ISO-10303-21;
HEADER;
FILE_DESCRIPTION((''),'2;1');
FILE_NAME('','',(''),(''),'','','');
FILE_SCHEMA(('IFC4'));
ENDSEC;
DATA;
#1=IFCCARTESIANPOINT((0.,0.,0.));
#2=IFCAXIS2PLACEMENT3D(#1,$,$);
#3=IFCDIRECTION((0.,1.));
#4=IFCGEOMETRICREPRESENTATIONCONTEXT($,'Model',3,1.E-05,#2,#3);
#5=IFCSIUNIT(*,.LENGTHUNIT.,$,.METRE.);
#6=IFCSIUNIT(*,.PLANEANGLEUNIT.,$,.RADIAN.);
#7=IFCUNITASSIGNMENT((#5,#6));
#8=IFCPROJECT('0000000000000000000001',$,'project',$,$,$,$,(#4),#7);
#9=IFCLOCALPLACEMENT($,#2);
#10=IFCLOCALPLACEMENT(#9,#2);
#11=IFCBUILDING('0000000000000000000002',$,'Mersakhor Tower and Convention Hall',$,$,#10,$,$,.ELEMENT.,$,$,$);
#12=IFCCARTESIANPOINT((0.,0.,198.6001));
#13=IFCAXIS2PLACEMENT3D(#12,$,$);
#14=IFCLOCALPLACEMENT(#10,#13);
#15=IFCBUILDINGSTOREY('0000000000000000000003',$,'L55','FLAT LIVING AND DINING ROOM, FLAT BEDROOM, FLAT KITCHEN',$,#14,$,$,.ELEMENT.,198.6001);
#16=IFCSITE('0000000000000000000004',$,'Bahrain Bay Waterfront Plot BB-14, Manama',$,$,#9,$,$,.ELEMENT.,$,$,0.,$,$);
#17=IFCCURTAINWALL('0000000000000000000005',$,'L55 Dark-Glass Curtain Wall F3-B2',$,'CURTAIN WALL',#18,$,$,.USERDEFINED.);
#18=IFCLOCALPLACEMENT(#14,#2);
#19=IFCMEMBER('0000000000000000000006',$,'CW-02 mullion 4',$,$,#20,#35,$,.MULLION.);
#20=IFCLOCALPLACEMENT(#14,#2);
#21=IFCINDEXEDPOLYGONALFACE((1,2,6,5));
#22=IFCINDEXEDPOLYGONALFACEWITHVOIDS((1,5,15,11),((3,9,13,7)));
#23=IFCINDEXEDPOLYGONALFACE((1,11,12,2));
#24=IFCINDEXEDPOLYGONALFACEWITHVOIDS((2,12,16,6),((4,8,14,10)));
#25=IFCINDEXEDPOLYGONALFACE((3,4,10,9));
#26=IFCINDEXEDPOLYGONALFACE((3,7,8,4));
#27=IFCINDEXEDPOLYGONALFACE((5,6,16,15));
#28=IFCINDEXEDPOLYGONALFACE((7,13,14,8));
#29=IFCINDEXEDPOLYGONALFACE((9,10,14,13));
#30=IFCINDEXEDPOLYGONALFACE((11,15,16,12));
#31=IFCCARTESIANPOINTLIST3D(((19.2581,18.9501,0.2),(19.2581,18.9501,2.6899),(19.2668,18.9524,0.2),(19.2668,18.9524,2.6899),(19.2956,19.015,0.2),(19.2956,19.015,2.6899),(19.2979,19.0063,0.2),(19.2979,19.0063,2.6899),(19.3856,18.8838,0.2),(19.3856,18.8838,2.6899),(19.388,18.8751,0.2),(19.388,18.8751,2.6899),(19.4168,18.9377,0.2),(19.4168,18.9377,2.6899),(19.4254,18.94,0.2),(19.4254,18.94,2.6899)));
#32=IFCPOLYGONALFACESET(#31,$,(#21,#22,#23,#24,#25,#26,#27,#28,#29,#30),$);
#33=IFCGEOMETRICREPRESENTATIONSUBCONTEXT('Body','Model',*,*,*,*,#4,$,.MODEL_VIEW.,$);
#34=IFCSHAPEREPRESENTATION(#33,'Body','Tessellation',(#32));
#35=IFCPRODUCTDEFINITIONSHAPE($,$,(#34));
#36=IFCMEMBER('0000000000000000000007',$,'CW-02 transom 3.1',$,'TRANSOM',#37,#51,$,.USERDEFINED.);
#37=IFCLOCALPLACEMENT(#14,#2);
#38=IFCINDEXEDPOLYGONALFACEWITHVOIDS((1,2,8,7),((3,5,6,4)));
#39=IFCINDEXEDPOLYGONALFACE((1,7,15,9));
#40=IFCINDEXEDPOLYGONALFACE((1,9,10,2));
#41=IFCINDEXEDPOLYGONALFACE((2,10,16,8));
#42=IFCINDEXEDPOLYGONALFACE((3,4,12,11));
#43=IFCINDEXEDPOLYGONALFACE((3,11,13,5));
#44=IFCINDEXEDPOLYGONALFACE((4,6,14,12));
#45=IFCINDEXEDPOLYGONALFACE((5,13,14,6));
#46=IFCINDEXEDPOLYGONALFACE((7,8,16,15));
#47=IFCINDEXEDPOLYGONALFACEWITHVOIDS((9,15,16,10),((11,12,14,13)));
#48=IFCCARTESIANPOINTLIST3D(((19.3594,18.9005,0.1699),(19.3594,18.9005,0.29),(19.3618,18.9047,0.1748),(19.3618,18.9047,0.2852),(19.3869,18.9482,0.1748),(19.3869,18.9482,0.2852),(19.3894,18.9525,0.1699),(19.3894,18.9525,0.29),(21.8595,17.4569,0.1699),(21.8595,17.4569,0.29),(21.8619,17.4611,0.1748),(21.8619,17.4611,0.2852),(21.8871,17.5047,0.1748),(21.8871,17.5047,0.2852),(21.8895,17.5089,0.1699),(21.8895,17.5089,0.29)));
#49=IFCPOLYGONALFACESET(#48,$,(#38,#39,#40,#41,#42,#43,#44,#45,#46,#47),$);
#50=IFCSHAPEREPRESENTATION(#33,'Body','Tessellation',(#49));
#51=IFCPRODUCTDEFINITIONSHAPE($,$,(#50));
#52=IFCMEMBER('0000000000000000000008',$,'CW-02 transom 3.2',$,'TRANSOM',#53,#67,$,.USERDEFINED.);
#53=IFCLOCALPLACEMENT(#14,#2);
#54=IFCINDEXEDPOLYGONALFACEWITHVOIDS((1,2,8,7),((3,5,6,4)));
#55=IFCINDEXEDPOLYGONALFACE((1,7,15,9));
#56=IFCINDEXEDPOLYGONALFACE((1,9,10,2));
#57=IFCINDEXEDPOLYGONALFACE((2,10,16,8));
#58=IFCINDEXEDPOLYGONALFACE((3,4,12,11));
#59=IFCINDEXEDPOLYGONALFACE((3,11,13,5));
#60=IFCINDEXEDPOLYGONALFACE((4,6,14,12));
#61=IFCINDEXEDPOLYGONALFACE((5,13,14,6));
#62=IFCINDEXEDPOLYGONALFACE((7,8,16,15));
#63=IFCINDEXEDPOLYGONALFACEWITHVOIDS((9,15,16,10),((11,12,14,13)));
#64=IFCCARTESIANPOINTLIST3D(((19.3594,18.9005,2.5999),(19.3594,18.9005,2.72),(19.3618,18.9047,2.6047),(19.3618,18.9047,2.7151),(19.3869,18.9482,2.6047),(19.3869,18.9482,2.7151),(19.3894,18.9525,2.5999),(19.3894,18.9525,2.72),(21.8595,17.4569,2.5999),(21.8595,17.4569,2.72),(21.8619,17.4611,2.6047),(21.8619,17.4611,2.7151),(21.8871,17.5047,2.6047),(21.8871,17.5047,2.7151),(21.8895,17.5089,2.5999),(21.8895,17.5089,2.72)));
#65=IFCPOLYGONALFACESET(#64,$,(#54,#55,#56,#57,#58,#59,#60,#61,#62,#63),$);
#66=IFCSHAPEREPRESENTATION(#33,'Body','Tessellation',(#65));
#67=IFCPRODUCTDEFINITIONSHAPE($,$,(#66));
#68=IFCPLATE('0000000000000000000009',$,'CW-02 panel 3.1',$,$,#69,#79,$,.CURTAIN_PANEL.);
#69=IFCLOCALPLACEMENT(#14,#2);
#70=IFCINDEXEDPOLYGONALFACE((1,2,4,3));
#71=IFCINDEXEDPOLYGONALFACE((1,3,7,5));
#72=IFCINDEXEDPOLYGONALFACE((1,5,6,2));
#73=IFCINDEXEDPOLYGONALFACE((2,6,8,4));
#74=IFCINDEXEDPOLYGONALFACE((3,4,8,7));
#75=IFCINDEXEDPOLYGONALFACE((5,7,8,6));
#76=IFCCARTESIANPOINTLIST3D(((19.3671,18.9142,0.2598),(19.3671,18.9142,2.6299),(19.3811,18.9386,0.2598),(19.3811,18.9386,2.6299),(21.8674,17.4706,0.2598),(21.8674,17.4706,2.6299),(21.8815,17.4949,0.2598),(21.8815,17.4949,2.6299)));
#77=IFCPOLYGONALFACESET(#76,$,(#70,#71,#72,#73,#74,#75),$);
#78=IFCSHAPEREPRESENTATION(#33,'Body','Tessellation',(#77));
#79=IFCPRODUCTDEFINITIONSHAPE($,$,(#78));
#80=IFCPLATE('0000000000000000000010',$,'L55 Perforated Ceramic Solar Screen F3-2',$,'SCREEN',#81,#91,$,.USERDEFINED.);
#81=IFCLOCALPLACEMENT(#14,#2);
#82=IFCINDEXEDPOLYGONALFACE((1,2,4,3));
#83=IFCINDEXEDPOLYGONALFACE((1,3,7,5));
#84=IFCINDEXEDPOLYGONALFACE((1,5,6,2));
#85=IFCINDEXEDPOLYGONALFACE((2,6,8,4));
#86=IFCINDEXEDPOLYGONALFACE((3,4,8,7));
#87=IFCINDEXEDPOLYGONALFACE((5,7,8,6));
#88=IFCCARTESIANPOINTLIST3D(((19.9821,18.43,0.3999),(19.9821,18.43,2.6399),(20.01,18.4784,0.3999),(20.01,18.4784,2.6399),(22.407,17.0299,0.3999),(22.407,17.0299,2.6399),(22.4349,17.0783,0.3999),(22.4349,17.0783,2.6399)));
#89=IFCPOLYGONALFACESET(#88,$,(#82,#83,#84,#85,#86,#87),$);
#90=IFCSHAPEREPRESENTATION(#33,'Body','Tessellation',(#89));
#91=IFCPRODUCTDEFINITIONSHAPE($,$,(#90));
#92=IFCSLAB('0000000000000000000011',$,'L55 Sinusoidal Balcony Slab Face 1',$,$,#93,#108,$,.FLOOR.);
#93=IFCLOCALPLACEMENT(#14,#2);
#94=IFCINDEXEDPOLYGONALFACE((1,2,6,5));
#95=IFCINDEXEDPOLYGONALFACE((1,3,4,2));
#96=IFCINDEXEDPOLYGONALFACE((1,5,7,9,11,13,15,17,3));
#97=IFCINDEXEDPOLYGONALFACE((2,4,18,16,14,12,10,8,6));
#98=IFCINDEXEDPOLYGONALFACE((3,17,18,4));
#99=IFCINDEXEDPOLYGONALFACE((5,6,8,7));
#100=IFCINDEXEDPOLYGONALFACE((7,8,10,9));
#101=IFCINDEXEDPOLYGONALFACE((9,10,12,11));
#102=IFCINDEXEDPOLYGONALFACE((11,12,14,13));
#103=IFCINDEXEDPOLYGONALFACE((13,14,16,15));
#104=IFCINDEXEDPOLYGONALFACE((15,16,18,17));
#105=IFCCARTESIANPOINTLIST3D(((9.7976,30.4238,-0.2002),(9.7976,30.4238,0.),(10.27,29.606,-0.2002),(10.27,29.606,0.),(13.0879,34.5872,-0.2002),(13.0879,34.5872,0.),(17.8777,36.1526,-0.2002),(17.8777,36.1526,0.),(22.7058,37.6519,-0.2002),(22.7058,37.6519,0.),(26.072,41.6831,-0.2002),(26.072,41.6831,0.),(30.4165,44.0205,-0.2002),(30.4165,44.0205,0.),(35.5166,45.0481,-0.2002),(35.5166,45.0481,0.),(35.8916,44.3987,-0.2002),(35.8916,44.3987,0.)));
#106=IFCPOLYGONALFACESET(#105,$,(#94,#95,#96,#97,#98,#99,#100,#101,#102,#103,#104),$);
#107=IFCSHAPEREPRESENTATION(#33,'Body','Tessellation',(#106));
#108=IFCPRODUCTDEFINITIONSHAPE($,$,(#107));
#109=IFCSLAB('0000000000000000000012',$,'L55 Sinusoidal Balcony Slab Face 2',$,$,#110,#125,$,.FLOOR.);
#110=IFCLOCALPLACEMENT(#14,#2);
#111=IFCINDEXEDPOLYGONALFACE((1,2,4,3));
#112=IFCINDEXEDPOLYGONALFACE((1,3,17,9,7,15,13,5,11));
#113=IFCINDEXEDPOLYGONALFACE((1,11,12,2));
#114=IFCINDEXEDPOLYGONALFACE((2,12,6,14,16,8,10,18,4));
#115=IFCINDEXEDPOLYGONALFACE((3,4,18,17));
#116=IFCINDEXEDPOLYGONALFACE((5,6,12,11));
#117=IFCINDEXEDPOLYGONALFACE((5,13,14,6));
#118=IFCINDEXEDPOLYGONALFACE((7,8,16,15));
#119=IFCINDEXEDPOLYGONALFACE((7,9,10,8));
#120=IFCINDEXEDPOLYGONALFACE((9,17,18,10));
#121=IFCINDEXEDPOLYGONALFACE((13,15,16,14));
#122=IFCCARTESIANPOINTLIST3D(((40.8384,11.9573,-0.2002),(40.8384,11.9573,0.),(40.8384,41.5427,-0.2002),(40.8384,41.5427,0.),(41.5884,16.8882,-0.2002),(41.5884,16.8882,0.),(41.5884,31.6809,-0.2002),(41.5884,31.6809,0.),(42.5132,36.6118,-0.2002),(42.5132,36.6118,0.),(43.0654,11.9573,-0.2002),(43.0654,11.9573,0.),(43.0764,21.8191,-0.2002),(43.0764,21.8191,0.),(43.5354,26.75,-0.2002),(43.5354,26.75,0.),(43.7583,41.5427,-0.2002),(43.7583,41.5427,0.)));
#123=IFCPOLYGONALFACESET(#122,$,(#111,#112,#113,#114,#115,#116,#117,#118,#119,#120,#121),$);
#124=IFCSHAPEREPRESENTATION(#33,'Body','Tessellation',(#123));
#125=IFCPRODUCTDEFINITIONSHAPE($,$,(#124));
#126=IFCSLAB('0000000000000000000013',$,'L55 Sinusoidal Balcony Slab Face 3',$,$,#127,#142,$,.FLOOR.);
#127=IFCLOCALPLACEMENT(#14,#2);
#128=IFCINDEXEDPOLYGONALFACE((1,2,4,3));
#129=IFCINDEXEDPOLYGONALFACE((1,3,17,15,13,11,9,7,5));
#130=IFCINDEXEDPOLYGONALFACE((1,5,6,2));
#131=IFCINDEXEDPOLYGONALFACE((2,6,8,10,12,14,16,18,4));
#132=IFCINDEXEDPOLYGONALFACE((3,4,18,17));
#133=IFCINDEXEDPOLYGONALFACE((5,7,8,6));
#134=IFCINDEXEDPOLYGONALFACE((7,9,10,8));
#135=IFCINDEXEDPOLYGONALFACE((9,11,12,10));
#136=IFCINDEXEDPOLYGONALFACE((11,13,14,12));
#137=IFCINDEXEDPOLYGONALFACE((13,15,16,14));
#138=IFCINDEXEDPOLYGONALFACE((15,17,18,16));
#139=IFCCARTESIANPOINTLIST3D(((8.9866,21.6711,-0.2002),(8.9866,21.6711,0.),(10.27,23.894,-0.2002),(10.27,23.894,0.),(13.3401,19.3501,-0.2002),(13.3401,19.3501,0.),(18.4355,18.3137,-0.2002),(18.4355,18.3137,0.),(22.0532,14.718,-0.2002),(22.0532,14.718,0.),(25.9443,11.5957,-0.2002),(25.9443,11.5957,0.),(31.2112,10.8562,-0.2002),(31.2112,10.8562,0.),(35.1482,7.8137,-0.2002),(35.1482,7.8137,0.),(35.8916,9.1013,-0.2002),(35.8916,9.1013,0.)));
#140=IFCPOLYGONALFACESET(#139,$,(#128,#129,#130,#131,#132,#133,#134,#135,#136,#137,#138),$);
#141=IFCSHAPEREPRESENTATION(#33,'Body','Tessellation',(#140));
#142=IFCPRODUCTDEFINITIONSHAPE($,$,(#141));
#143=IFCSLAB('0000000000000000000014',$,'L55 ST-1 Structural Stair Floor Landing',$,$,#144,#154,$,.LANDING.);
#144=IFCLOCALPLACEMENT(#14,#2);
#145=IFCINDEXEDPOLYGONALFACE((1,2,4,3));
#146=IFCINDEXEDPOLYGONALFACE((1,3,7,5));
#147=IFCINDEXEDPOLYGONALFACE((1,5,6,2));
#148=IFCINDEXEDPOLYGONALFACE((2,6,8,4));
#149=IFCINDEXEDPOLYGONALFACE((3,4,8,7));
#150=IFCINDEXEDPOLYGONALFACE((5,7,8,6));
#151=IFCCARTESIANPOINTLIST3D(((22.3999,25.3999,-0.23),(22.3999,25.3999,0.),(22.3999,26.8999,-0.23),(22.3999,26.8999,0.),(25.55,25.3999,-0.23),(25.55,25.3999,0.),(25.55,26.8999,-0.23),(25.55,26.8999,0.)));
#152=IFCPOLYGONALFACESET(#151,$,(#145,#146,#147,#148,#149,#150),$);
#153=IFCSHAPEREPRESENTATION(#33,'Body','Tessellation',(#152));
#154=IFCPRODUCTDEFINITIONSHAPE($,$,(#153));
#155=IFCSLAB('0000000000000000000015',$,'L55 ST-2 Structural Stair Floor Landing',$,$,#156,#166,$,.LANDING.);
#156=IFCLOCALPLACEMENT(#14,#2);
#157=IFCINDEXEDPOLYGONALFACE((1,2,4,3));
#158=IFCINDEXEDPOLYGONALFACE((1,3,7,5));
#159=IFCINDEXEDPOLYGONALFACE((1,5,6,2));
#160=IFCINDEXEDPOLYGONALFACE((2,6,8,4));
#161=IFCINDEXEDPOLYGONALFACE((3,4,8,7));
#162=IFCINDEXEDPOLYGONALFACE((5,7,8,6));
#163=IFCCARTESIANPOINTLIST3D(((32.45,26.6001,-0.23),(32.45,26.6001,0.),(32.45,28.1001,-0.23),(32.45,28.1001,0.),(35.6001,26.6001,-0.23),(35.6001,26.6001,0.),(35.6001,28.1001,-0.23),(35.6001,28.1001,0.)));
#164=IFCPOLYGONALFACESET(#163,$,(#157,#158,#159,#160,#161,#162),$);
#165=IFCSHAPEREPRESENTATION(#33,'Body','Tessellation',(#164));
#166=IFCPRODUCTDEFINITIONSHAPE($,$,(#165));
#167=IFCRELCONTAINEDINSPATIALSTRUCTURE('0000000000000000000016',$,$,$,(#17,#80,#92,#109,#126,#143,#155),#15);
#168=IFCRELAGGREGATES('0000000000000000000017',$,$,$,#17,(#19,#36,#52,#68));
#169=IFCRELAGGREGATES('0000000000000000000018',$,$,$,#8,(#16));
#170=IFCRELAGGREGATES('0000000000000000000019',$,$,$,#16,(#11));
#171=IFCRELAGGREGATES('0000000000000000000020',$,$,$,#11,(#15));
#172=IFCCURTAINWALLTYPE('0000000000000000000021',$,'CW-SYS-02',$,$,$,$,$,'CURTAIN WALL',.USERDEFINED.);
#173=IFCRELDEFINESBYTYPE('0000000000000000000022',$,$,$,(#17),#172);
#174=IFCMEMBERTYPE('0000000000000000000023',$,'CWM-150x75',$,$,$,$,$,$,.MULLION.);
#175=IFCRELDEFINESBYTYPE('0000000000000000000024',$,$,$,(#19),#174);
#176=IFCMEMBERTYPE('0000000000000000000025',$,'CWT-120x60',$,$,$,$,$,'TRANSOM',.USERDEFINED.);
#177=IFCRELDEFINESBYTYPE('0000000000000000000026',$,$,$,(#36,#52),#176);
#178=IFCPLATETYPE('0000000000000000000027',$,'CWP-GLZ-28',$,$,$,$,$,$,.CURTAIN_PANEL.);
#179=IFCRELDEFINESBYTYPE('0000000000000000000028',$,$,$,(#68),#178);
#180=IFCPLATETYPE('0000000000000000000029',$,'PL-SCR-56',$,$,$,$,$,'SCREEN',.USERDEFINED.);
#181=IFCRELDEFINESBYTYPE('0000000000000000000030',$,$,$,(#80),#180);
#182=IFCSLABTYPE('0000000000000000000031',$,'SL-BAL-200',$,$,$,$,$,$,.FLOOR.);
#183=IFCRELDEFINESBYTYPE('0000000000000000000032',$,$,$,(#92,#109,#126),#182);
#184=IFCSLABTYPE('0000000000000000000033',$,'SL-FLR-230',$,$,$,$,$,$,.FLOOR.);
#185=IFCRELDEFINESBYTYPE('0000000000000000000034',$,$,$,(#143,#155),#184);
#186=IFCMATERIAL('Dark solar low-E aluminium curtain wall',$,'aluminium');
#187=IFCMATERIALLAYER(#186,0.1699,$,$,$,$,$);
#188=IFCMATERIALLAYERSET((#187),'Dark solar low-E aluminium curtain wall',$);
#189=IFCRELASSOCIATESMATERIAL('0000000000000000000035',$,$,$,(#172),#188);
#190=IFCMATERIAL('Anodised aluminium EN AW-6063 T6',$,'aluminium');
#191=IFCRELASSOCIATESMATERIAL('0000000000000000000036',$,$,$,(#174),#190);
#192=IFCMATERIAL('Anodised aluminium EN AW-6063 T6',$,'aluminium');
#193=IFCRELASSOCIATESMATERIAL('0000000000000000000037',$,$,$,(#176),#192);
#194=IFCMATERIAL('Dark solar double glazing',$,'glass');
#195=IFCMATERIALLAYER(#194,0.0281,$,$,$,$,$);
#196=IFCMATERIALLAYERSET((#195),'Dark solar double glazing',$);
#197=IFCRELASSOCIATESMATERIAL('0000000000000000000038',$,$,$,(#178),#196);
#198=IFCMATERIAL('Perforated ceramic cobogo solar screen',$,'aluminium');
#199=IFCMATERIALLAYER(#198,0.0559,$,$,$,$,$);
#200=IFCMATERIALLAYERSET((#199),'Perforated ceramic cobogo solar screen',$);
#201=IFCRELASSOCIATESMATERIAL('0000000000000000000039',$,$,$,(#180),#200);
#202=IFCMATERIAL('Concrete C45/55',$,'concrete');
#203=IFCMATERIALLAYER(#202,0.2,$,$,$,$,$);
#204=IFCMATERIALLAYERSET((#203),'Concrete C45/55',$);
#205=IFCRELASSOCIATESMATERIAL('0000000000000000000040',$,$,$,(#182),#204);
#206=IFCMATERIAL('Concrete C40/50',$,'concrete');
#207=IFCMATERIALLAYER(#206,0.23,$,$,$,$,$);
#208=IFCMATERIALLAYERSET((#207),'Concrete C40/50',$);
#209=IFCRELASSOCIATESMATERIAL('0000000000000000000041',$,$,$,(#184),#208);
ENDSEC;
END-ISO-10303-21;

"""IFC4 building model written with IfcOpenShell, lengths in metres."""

from ifc_helpers import new_model, si_unit, direction, frame, origin, origin_2d, place, context, subcontext, project, spatial, polyline, rectangle, hollow_rectangle, outline, extrude, material, layer, layer_set, material_profile, profile_set, type_object, element, aggregate, save


model = new_model("IFC4")

# Units and contexts
model_context = context("Model", 3, precision=1e-05, world=origin(), true_north=direction((0.0, 1.0)))
body_context = subcontext(model_context, "Body", "Model", "MODEL_VIEW")
ifc_project = project(units=[si_unit("LENGTHUNIT", "METRE"), si_unit("PLANEANGLEUNIT", "RADIAN")], contexts=[model_context])

# Site, building, storey
site_placement = place(None, origin())
site = spatial("IfcSite", under=ifc_project, at=site_placement, Name="Bahrain Bay Waterfront Plot BB-14, Manama", CompositionType="ELEMENT", RefElevation=0.0)
building_placement = place(site_placement, origin())
building = spatial("IfcBuilding", under=site, at=building_placement, Name="Mersakhor Tower and Convention Hall", CompositionType="ELEMENT")
storey_placement = place(building_placement, frame((0.0, 0.0, 198.6001)))
storey = spatial("IfcBuildingStorey", under=building, at=storey_placement, Name="L55", Description="FLAT LIVING AND DINING ROOM, FLAT BEDROOM, FLAT KITCHEN", CompositionType="ELEMENT", Elevation=198.6001)

# Curtain wall, members, plate
ifc_material_1 = material(Name="Dark solar low-E aluminium curtain wall", Category="aluminium")
ifc_layer_1 = layer(ifc_material_1, 0.1699)
ifc_layer_set_1 = layer_set([ifc_layer_1], Name="Dark solar low-E aluminium curtain wall")
curtain_wall_type = type_object("IfcCurtainWallType", Name="CW-SYS-02", ElementType="CURTAIN WALL", PredefinedType="USERDEFINED", material=ifc_layer_set_1)
curtain_wall_placement = place(storey_placement, origin())
curtain_wall = element("IfcCurtainWall", 1, at=curtain_wall_placement, inside=storey, type_object=curtain_wall_type, Name="L55 Dark-Glass Curtain Wall F3-B2", ObjectType="CURTAIN WALL", PredefinedType="USERDEFINED")
ifc_material_2 = material(Name="Anodised aluminium EN AW-6063 T6", Category="aluminium")
ifc_material_profile_1 = material_profile(ifc_material_2, hollow_rectangle(XDim=0.075, YDim=0.1499, WallThickness=0.0063, at=origin_2d()), Name="RHS 150x75x6.3")
ifc_profile_set_1 = profile_set([ifc_material_profile_1], Name="Anodised aluminium EN AW-6063 T6")
member_type_1 = type_object("IfcMemberType", Name="CWM-150x75", PredefinedType="MULLION", material=ifc_profile_set_1)
member_1_placement = place(storey_placement, frame((19.3418, 18.9451, 0.2), z_axis=(0.0, 0.0, 1.0), x_axis=(-0.500008, -0.866021, 0.0)))
member_1 = element("IfcMember", 2, at=member_1_placement, type_object=member_type_1, Name="CW-02 mullion 4", PredefinedType="MULLION", context=body_context, shape_type="SweptSolid", body=[
    extrude(hollow_rectangle(XDim=0.075, YDim=0.1499, WallThickness=0.0063, at=origin_2d()), origin(), (0.0, 0.0, 1.0), 2.49),
])
ifc_material_3 = material(Name="Anodised aluminium EN AW-6063 T6", Category="aluminium")
ifc_material_profile_2 = material_profile(ifc_material_3, hollow_rectangle(XDim=0.0601, YDim=0.1201, WallThickness=0.0049, at=origin_2d()), Name="RHS 120x60x5")
ifc_profile_set_2 = profile_set([ifc_material_profile_2], Name="Anodised aluminium EN AW-6063 T6")
member_type_2 = type_object("IfcMemberType", Name="CWT-120x60", ElementType="TRANSOM", PredefinedType="USERDEFINED", material=ifc_profile_set_2)
member_2_placement = place(storey_placement, frame((21.8745, 17.4829, 0.23), z_axis=(-0.866012, 0.500023, 0.0), x_axis=(-0.500023, -0.866012, 0.0)))
member_2 = element("IfcMember", 3, at=member_2_placement, type_object=member_type_2, Name="CW-02 transom 3.1", ObjectType="TRANSOM", PredefinedType="USERDEFINED", context=body_context, shape_type="SweptSolid", body=[
    extrude(hollow_rectangle(XDim=0.0601, YDim=0.1201, WallThickness=0.0049, at=origin_2d()), origin(), (0.0, 0.0, 1.0), 2.887),
])
member_3_placement = place(storey_placement, frame((21.8745, 17.4829, 2.6599), z_axis=(-0.866012, 0.500023, 0.0), x_axis=(-0.500023, -0.866012, 0.0)))
member_3 = element("IfcMember", 4, at=member_3_placement, type_object=member_type_2, Name="CW-02 transom 3.2", ObjectType="TRANSOM", PredefinedType="USERDEFINED", context=body_context, shape_type="SweptSolid", body=[
    extrude(hollow_rectangle(XDim=0.0601, YDim=0.1201, WallThickness=0.0049, at=origin_2d()), origin(), (0.0, 0.0, 1.0), 2.887),
])
ifc_material_4 = material(Name="Dark solar double glazing", Category="glass")
ifc_layer_2 = layer(ifc_material_4, 0.0281)
ifc_layer_set_2 = layer_set([ifc_layer_2], Name="Dark solar double glazing")
plate_type_1 = type_object("IfcPlateType", Name="CWP-GLZ-28", PredefinedType="CURTAIN_PANEL", material=ifc_layer_set_2)
plate_1_placement = place(storey_placement, frame((20.6243, 18.2046, 0.2598), z_axis=(0.0, 0.0, 1.0), x_axis=(-0.866021, 0.500008, 0.0)))
plate_1 = element("IfcPlate", 5, at=plate_1_placement, type_object=plate_type_1, Name="CW-02 panel 3.1", PredefinedType="CURTAIN_PANEL", context=body_context, shape_type="SweptSolid", body=[
    extrude(rectangle(XDim=2.8872, YDim=0.0281, at=origin_2d()), origin(), (0.0, 0.0, 1.0), 2.3701),
])
aggregate(curtain_wall, [member_1, member_2, member_3, plate_1])

# Plate
ifc_material_5 = material(Name="Perforated ceramic cobogo solar screen", Category="aluminium")
ifc_layer_3 = layer(ifc_material_5, 0.0559)
ifc_layer_set_3 = layer_set([ifc_layer_3], Name="Perforated ceramic cobogo solar screen")
plate_type_2 = type_object("IfcPlateType", Name="PL-SCR-56", ElementType="SCREEN", PredefinedType="USERDEFINED", material=ifc_layer_set_3)
plate_2_placement = place(storey_placement, frame((21.2085, 17.7542, 0.3999), z_axis=(0.0, 0.0, 1.0), x_axis=(-0.866025, 0.5, 0.0)))
element("IfcPlate", 6, at=plate_2_placement, inside=storey, type_object=plate_type_2, Name="L55 Perforated Ceramic Solar Screen F3-2", ObjectType="SCREEN", PredefinedType="USERDEFINED", context=body_context, shape_type="SweptSolid", body=[
    extrude(rectangle(XDim=2.8, YDim=0.0559, at=origin_2d()), origin(), (0.0, 0.0, 1.0), 2.24),
])

# Slabs
ifc_material_6 = material(Name="Concrete C45/55", Category="concrete")
ifc_layer_4 = layer(ifc_material_6, 0.2)
ifc_layer_set_4 = layer_set([ifc_layer_4], Name="Concrete C45/55")
slab_type_1 = type_object("IfcSlabType", Name="SL-BAL-200", PredefinedType="FLOOR", material=ifc_layer_set_4)
slab_1_placement = place(storey_placement, frame((0.0, 0.0, -0.2002)))
element("IfcSlab", 7, at=slab_1_placement, inside=storey, type_object=slab_type_1, Name="L55 Sinusoidal Balcony Slab Face 1", PredefinedType="FLOOR", context=body_context, shape_type="SweptSolid", body=[
    extrude(outline(polyline([(10.27, 29.606), (35.8916, 44.3987), (35.5166, 45.0481), (30.4165, 44.0205), (26.072, 41.6831), (22.7058, 37.6519), (17.8777, 36.1526), (13.0879, 34.5872), (9.7976, 30.4238), (10.27, 29.606)])), origin(), (0.0, 0.0, 1.0), 0.2002),
])
slab_2_placement = place(storey_placement, frame((0.0, 0.0, -0.2002)))
element("IfcSlab", 8, at=slab_2_placement, inside=storey, type_object=slab_type_1, Name="L55 Sinusoidal Balcony Slab Face 2", PredefinedType="FLOOR", context=body_context, shape_type="SweptSolid", body=[
    extrude(outline(polyline([(40.8384, 41.5427), (40.8384, 11.9573), (43.0654, 11.9573), (41.5884, 16.8882), (43.0764, 21.8191), (43.5354, 26.75), (41.5884, 31.6809), (42.5132, 36.6118), (43.7583, 41.5427), (40.8384, 41.5427)])), origin(), (0.0, 0.0, 1.0), 0.2002),
])
slab_3_placement = place(storey_placement, frame((0.0, 0.0, -0.2002)))
element("IfcSlab", 9, at=slab_3_placement, inside=storey, type_object=slab_type_1, Name="L55 Sinusoidal Balcony Slab Face 3", PredefinedType="FLOOR", context=body_context, shape_type="SweptSolid", body=[
    extrude(outline(polyline([(35.8916, 9.1013), (10.27, 23.894), (8.9866, 21.6711), (13.3401, 19.3501), (18.4355, 18.3137), (22.0532, 14.718), (25.9443, 11.5957), (31.2112, 10.8562), (35.1482, 7.8137), (35.8916, 9.1013)])), origin(), (0.0, 0.0, 1.0), 0.2002),
])
ifc_material_7 = material(Name="Concrete C40/50", Category="concrete")
ifc_layer_5 = layer(ifc_material_7, 0.23)
ifc_layer_set_5 = layer_set([ifc_layer_5], Name="Concrete C40/50")
slab_type_2 = type_object("IfcSlabType", Name="SL-FLR-230", PredefinedType="FLOOR", material=ifc_layer_set_5)
slab_4_placement = place(storey_placement, frame((0.0, 0.0, -0.23)))
element("IfcSlab", 10, at=slab_4_placement, inside=storey, type_object=slab_type_2, Name="L55 ST-1 Structural Stair Floor Landing", PredefinedType="LANDING", context=body_context, shape_type="SweptSolid", body=[
    extrude(outline(polyline([(25.55, 25.3999), (25.55, 26.8999), (22.3999, 26.8999), (22.3999, 25.3999), (25.55, 25.3999)])), origin(), (0.0, 0.0, 1.0), 0.23),
])
slab_5_placement = place(storey_placement, frame((0.0, 0.0, -0.23)))
element("IfcSlab", 11, at=slab_5_placement, inside=storey, type_object=slab_type_2, Name="L55 ST-2 Structural Stair Floor Landing", PredefinedType="LANDING", context=body_context, shape_type="SweptSolid", body=[
    extrude(outline(polyline([(32.45, 28.1001), (32.45, 26.6001), (35.6001, 26.6001), (35.6001, 28.1001), (32.45, 28.1001)])), origin(), (0.0, 0.0, 1.0), 0.23),
])

save(model, "model.ifc")
